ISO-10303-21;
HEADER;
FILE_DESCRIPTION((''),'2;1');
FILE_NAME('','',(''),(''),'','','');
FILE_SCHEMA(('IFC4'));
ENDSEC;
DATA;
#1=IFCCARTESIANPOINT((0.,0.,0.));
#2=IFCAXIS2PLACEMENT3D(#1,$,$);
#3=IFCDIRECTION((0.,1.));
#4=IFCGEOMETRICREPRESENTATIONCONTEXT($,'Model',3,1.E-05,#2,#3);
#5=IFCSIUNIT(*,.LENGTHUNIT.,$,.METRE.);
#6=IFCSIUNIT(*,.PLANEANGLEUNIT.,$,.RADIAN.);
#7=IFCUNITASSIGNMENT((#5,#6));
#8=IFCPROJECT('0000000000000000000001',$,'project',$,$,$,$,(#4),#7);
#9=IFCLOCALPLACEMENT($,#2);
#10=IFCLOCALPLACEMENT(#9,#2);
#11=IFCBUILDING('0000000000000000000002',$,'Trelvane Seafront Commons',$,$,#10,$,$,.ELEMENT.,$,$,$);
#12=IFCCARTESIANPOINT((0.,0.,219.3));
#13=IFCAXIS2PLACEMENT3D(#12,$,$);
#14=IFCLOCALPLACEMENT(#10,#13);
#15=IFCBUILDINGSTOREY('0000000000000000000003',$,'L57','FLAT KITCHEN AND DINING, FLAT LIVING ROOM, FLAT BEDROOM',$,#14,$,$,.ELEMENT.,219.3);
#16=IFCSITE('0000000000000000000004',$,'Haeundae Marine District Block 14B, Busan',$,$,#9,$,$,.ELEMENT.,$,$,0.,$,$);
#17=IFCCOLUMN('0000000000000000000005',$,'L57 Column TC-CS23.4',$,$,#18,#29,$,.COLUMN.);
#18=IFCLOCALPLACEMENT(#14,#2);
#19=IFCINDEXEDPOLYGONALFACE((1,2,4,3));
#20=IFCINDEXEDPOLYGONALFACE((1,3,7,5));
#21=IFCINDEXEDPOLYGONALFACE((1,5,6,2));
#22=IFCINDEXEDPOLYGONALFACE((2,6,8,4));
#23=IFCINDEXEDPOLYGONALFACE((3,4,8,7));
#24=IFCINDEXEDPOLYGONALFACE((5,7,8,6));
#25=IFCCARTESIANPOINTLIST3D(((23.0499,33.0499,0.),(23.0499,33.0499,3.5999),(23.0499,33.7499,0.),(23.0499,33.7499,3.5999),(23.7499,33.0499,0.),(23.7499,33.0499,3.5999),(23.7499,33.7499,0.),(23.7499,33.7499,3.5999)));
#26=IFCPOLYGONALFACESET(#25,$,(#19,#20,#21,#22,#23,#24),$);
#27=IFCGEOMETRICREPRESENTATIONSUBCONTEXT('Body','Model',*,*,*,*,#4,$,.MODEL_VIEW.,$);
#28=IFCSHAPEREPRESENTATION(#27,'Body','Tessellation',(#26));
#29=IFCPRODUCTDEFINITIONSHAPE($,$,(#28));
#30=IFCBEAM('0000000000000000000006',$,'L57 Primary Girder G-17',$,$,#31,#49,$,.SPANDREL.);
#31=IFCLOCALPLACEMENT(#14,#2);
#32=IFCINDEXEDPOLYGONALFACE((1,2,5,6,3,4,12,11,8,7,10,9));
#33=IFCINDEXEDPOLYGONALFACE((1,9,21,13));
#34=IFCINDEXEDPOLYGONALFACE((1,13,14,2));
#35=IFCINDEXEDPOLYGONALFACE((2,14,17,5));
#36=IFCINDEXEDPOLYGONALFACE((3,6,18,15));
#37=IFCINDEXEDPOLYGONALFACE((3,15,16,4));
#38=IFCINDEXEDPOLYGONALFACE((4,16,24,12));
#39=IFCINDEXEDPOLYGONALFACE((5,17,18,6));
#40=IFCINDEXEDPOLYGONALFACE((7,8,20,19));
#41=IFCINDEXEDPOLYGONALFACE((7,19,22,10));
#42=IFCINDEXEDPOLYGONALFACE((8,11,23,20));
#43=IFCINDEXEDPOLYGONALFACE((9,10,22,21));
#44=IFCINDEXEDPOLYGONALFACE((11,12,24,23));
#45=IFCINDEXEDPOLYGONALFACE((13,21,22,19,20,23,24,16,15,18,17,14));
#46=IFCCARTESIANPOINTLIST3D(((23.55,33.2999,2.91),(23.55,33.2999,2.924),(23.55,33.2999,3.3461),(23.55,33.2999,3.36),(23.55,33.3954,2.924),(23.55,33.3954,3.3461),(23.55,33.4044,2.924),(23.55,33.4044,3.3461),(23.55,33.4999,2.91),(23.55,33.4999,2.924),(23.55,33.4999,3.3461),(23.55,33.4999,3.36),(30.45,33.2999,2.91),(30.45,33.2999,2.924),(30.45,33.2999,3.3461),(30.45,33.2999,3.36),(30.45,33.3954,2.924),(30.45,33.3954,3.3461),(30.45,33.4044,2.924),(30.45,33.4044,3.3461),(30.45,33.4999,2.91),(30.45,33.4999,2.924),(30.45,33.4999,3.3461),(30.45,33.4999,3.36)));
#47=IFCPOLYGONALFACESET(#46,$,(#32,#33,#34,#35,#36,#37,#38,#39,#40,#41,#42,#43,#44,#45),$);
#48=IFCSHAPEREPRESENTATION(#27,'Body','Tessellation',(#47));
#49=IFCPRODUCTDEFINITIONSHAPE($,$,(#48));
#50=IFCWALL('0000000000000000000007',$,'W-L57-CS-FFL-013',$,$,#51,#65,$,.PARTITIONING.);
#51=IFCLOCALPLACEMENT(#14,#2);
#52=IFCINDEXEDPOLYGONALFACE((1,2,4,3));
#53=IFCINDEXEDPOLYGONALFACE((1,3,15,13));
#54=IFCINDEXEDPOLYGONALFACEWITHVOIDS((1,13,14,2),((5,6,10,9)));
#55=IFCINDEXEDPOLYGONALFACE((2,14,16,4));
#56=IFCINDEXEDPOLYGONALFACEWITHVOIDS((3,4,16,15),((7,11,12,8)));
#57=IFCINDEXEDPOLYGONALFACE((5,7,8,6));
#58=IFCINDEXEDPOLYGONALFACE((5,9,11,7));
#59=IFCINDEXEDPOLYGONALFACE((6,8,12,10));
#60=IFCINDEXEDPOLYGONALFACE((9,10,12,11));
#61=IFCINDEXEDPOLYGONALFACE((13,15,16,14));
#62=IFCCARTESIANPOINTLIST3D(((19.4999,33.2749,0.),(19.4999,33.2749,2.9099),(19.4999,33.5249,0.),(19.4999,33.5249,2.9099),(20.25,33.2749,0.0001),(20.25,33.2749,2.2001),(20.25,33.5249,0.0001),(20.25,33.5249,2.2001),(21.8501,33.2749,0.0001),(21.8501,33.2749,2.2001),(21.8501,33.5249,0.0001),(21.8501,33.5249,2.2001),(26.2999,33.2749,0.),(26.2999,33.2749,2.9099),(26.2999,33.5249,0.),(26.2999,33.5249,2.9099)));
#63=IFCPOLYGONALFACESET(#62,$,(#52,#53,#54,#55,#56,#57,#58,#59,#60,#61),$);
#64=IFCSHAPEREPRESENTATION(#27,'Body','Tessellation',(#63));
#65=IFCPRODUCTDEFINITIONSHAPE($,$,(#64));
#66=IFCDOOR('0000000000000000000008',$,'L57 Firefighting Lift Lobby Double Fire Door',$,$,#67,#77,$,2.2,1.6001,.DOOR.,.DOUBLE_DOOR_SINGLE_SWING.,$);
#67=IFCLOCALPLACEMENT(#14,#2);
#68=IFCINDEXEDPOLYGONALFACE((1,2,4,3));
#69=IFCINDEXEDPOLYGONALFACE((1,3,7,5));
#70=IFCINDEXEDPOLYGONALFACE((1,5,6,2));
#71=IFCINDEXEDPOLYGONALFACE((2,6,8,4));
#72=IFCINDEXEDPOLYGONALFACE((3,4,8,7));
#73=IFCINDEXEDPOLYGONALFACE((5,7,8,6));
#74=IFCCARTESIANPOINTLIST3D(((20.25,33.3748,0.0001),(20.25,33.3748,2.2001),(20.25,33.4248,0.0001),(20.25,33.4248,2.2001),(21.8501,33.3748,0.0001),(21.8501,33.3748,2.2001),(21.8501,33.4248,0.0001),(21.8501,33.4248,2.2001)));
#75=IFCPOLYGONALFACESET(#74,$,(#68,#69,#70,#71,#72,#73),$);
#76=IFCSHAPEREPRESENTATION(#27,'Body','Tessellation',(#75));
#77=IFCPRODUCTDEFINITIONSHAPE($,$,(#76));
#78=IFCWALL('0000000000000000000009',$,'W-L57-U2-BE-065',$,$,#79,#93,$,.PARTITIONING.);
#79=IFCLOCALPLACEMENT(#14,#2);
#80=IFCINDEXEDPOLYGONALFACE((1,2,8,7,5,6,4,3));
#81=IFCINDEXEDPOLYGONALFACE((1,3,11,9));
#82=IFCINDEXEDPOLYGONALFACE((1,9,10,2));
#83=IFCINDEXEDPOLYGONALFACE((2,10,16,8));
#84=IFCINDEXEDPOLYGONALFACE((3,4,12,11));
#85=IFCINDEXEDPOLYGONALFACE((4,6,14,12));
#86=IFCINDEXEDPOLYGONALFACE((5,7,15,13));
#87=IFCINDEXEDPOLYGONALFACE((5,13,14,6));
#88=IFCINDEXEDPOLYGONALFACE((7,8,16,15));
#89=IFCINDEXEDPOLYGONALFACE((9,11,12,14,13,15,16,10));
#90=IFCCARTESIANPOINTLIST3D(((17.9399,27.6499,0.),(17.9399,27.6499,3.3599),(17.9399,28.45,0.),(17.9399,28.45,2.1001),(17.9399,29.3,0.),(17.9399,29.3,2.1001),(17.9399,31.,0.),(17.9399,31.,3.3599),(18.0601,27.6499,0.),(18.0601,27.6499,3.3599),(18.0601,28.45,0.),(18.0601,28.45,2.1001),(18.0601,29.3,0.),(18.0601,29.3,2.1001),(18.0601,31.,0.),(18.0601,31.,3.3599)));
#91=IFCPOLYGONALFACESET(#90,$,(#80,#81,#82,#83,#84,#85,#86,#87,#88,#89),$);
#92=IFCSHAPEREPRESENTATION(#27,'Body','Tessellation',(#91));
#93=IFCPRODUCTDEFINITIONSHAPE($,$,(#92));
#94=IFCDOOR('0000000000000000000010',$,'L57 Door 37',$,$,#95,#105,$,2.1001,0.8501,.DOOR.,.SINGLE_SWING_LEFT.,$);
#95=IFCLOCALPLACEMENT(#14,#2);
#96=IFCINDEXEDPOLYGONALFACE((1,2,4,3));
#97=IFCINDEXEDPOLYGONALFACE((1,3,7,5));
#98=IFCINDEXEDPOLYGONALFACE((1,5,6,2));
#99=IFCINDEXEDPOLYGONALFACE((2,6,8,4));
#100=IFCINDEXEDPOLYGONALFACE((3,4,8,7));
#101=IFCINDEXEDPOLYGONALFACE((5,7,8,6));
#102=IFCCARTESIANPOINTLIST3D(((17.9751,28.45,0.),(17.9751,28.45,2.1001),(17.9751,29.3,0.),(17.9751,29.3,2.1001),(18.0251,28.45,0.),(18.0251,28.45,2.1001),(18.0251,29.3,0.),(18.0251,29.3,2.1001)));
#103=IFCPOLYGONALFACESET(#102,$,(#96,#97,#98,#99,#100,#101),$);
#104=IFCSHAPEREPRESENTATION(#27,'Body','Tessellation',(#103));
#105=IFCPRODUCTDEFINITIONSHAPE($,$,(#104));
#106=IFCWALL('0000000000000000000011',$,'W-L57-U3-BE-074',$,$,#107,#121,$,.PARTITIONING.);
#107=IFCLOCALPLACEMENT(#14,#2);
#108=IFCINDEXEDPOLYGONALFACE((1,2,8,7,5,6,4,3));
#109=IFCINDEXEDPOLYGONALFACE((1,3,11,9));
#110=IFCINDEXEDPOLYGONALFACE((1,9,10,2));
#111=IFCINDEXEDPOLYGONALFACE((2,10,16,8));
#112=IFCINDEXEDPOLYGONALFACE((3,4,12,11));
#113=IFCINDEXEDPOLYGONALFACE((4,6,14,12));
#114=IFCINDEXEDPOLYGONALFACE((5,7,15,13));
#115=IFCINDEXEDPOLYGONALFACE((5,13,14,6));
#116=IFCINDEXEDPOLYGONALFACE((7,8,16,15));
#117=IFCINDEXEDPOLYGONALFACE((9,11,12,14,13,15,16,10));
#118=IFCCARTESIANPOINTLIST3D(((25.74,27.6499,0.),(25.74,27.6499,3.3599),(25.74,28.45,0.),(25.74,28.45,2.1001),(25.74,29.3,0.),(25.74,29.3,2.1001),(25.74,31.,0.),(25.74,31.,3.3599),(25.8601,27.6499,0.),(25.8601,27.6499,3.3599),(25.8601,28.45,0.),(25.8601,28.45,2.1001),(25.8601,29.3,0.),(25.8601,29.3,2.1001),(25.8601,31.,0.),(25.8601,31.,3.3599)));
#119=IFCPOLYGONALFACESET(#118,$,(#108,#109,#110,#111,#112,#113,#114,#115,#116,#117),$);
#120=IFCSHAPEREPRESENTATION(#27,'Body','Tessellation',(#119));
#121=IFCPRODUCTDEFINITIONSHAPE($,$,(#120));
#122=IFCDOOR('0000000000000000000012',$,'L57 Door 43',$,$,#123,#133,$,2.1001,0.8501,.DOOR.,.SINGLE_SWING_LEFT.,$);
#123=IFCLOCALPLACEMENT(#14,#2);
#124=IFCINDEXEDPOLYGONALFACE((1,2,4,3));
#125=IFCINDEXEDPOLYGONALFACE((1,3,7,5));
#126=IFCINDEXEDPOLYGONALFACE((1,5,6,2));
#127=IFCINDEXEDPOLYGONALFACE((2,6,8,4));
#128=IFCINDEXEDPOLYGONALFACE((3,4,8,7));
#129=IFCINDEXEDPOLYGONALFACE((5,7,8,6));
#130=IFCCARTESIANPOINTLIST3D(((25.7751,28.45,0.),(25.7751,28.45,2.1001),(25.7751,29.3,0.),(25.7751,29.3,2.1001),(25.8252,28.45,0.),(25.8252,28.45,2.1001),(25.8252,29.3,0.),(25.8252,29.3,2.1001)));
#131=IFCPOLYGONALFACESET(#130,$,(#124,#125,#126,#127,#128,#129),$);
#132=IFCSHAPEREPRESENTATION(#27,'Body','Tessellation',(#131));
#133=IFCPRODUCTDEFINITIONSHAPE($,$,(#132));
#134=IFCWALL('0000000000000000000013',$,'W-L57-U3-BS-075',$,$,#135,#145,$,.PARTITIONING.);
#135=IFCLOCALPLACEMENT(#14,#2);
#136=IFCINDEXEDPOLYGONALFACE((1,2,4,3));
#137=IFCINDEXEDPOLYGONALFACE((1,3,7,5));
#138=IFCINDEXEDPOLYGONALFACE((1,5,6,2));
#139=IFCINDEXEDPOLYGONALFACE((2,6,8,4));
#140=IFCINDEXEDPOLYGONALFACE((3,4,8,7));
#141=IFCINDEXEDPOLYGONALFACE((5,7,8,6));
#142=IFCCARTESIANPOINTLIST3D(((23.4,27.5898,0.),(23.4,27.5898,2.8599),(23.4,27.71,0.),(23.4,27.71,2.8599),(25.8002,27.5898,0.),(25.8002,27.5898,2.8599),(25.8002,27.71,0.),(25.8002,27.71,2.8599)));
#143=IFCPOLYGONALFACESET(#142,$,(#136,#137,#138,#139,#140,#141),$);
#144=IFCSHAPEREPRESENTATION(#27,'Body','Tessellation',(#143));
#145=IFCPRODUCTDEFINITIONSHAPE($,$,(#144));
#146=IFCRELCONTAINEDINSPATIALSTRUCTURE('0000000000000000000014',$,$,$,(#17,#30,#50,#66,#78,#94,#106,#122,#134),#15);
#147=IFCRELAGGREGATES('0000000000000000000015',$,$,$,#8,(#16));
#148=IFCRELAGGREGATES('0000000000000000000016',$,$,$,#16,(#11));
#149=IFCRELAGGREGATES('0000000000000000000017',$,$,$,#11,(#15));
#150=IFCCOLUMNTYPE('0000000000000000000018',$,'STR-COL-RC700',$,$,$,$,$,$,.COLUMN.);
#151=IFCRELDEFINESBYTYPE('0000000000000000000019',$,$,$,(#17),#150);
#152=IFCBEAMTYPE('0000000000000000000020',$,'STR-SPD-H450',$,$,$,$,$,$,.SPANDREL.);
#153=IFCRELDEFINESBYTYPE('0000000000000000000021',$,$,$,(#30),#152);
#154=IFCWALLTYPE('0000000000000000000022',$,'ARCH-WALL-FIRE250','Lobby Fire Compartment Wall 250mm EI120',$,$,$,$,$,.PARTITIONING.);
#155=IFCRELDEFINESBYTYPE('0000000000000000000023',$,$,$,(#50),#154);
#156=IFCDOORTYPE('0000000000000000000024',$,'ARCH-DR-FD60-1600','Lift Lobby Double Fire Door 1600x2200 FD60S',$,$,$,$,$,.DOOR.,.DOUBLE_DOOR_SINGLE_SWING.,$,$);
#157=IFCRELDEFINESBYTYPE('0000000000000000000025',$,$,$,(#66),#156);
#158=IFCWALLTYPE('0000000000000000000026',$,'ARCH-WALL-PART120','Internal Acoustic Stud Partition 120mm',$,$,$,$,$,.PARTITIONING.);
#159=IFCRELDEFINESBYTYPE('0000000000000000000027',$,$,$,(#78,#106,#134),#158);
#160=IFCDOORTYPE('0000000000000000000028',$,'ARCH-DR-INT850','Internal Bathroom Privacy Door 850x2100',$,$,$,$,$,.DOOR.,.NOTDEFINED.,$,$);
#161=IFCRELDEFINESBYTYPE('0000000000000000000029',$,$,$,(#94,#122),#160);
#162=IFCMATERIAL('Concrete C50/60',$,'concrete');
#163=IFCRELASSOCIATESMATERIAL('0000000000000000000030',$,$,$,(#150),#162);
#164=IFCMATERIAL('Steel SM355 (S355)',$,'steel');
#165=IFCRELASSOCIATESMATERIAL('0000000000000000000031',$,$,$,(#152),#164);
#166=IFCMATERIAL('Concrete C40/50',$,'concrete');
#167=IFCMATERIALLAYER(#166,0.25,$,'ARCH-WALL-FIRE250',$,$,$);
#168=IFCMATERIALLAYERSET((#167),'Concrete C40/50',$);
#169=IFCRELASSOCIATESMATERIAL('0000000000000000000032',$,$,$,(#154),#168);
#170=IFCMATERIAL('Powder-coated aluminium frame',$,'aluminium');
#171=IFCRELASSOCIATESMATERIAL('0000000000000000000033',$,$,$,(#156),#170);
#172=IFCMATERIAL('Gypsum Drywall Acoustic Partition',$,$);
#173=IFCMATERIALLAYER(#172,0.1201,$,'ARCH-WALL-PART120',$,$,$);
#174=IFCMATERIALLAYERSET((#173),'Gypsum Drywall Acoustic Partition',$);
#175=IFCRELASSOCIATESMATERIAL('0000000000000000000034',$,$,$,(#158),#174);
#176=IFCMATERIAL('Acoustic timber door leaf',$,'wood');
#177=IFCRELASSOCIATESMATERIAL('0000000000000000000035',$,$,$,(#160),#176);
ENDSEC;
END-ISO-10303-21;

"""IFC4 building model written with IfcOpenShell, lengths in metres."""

from ifc_helpers import new_model, si_unit, direction, frame, frame_2d, origin, origin_2d, place, context, subcontext, project, spatial, rectangle, i_section, extrude, source, transform, mapped, material, layer, layer_set, material_profile, profile_set, type_object, element, fill, save


model = new_model("IFC4")

# Units and contexts
model_context = context("Model", 3, precision=1e-05, world=origin(), true_north=direction((0.0, 1.0)))
body_context = subcontext(model_context, "Body", "Model", "MODEL_VIEW")
ifc_project = project(units=[si_unit("LENGTHUNIT", "METRE"), si_unit("PLANEANGLEUNIT", "RADIAN")], contexts=[model_context])

# Site, building, storey
site_placement = place(None, origin())
site = spatial("IfcSite", under=ifc_project, at=site_placement, Name="Haeundae Marine District Block 14B, Busan", CompositionType="ELEMENT", RefElevation=0.0)
building_placement = place(site_placement, origin())
building = spatial("IfcBuilding", under=site, at=building_placement, Name="Trelvane Seafront Commons", CompositionType="ELEMENT")
storey_placement = place(building_placement, frame((0.0, 0.0, 219.3)))
storey = spatial("IfcBuildingStorey", under=building, at=storey_placement, Name="L57", Description="FLAT KITCHEN AND DINING, FLAT LIVING ROOM, FLAT BEDROOM", CompositionType="ELEMENT", Elevation=219.3)

# Column
ifc_material_1 = material(Name="Concrete C50/60", Category="concrete")
ifc_material_profile_1 = material_profile(ifc_material_1, rectangle(XDim=0.7, YDim=0.7, at=origin_2d()), Name="RC-700x700")
ifc_profile_set_1 = profile_set([ifc_material_profile_1], Name="Concrete C50/60")
column_type = type_object("IfcColumnType", Name="STR-COL-RC700", PredefinedType="COLUMN", material=ifc_profile_set_1)
shared_shape_1 = source(origin(), body_context, "Body", "SweptSolid", [
    extrude(rectangle(XDim=0.7, YDim=0.7, at=origin_2d()), origin(), (0.0, 0.0, 1.0), 3.5999),
])
column_placement = place(storey_placement, frame((23.3999, 33.3999, 0.0), z_axis=(0.0, 0.0, 1.0), x_axis=(1.0, 0.0, 0.0)))
element("IfcColumn", 1, at=column_placement, inside=storey, type_object=column_type, Name="L57 Column TC-CS23.4", PredefinedType="COLUMN", context=body_context, shape_type="MappedRepresentation", body=[
    mapped(shared_shape_1, transform((0.0, 0.0, 0.0), x_axis=(1.0, 0.0, 0.0), y_axis=(0.0, 1.0, 0.0), z_axis=(0.0, 0.0, 1.0), scale=1.0)),
])

# Beam
ifc_material_2 = material(Name="Steel SM355 (S355)", Category="steel")
ifc_material_profile_2 = material_profile(ifc_material_2, i_section(OverallWidth=0.2, OverallDepth=0.45, WebThickness=0.009, FlangeThickness=0.0139, at=origin_2d()), Name="H-450x200x9x14")
ifc_profile_set_2 = profile_set([ifc_material_profile_2], Name="Steel SM355 (S355)")
beam_type = type_object("IfcBeamType", Name="STR-SPD-H450", PredefinedType="SPANDREL", material=ifc_profile_set_2)
shared_shape_2 = source(origin(), body_context, "Body", "SweptSolid", [
    extrude(i_section(OverallWidth=0.2, OverallDepth=0.45, WebThickness=0.009, FlangeThickness=0.0139, at=origin_2d()), origin(), (0.0, 0.0, 1.0), 6.8999),
])
beam_placement = place(storey_placement, frame((23.55, 33.3999, 3.135), z_axis=(1.0, 0.0, 0.0), x_axis=(0.0, 1.0, 0.0)))
element("IfcBeam", 2, at=beam_placement, inside=storey, type_object=beam_type, Name="L57 Primary Girder G-17", PredefinedType="SPANDREL", context=body_context, shape_type="MappedRepresentation", body=[
    mapped(shared_shape_2, transform((0.0, 0.0, 0.0), x_axis=(1.0, 0.0, 0.0), y_axis=(0.0, 1.0, 0.0), z_axis=(0.0, 0.0, 1.0), scale=1.0)),
])

# Walls, openings, doors
ifc_material_3 = material(Name="Concrete C40/50", Category="concrete")
ifc_layer_1 = layer(ifc_material_3, 0.25, Name="ARCH-WALL-FIRE250")
ifc_layer_set_1 = layer_set([ifc_layer_1], Name="Concrete C40/50")
wall_type_1 = type_object("IfcWallType", Name="ARCH-WALL-FIRE250", Description="Lobby Fire Compartment Wall 250mm EI120", PredefinedType="PARTITIONING", material=ifc_layer_set_1)
wall_1_placement = place(storey_placement, frame((19.5, 33.3999, 0.0), z_axis=(0.0, 0.0, 1.0), x_axis=(1.0, 0.0, 0.0)))
wall_1 = element("IfcWall", 3, at=wall_1_placement, inside=storey, type_object=wall_type_1, Name="W-L57-CS-FFL-013", PredefinedType="PARTITIONING", context=body_context, shape_type="SweptSolid", body=[
    extrude(rectangle(XDim=6.8, YDim=0.25, at=frame_2d((3.3999, 0.0))), origin(), (0.0, 0.0, 1.0), 2.9099),
])
opening_1_placement = place(wall_1_placement, frame((0.75, 0.0, 0.0)))
opening_1 = element("IfcOpeningElement", 4, at=opening_1_placement, cuts=wall_1, PredefinedType="OPENING", context=body_context, shape_type="SweptSolid", body=[
    extrude(rectangle(XDim=1.6001, YDim=2.2, at=frame_2d((0.8, 1.1001))), frame((0.0, 0.135, 0.0), z_axis=(0.0, -1.0, 0.0), x_axis=(1.0, 0.0, 0.0)), (0.0, 0.0, 1.0), 0.27),
])
ifc_material_4 = material(Name="Powder-coated aluminium frame", Category="aluminium")
door_type_1 = type_object("IfcDoorType", Name="ARCH-DR-FD60-1600", Description="Lift Lobby Double Fire Door 1600x2200 FD60S", OperationType="DOUBLE_DOOR_SINGLE_SWING", PredefinedType="DOOR", material=ifc_material_4)
shared_shape_3 = source(origin(), body_context, "Body", "SweptSolid", [
    extrude(rectangle(XDim=1.6001, YDim=2.2, at=frame_2d((0.8, 1.1001))), frame((0.0, 0.0249, 0.0), z_axis=(0.0, -1.0, 0.0), x_axis=(1.0, 0.0, 0.0)), (0.0, 0.0, 1.0), 0.05),
])
door_1_placement = place(opening_1_placement, origin())
door_1 = element("IfcDoor", 5, at=door_1_placement, inside=storey, type_object=door_type_1, Name="L57 Firefighting Lift Lobby Double Fire Door", OperationType="DOUBLE_DOOR_SINGLE_SWING", OverallHeight=2.2, OverallWidth=1.6001, PredefinedType="DOOR", context=body_context, shape_type="MappedRepresentation", body=[
    mapped(shared_shape_3, transform((0.0, 0.0, 0.0), x_axis=(1.0, 0.0, 0.0), y_axis=(0.0, 1.0, 0.0), z_axis=(0.0, 0.0, 1.0), scale=1.0)),
])
fill(opening_1, door_1)
ifc_material_5 = material(Name="Acoustic timber door leaf", Category="wood")
ifc_material_6 = material(Name="Gypsum Drywall Acoustic Partition")
ifc_layer_2 = layer(ifc_material_6, 0.1201, Name="ARCH-WALL-PART120")
ifc_layer_set_2 = layer_set([ifc_layer_2], Name="Gypsum Drywall Acoustic Partition")
wall_type_2 = type_object("IfcWallType", Name="ARCH-WALL-PART120", Description="Internal Acoustic Stud Partition 120mm", PredefinedType="PARTITIONING", material=ifc_layer_set_2)
wall_2_placement = place(storey_placement, frame((18.0, 27.6499, 0.0), z_axis=(0.0, 0.0, 1.0), x_axis=(0.0, 1.0, 0.0)))
wall_2 = element("IfcWall", 6, at=wall_2_placement, inside=storey, type_object=wall_type_2, Name="W-L57-U2-BE-065", PredefinedType="PARTITIONING", context=body_context, shape_type="SweptSolid", body=[
    extrude(rectangle(XDim=3.3501, YDim=0.1201, at=frame_2d((1.675, 0.0))), origin(), (0.0, 0.0, 1.0), 3.3599),
])
opening_2_placement = place(wall_2_placement, frame((0.8, 0.0, 0.0)))
opening_2 = element("IfcOpeningElement", 7, at=opening_2_placement, cuts=wall_2, PredefinedType="OPENING", context=body_context, shape_type="SweptSolid", body=[
    extrude(rectangle(XDim=0.8501, YDim=2.1001, at=frame_2d((0.425, 1.05))), frame((0.0, 0.0701, 0.0), z_axis=(0.0, -1.0, 0.0), x_axis=(1.0, 0.0, 0.0)), (0.0, 0.0, 1.0), 0.1401),
])
door_type_2 = type_object("IfcDoorType", Name="ARCH-DR-INT850", Description="Internal Bathroom Privacy Door 850x2100", OperationType="NOTDEFINED", PredefinedType="DOOR", material=ifc_material_5)
shared_shape_4 = source(origin(), body_context, "Body", "SweptSolid", [
    extrude(rectangle(XDim=0.8501, YDim=2.1001, at=frame_2d((0.425, 1.05))), frame((0.0, 0.0249, 0.0), z_axis=(0.0, -1.0, 0.0), x_axis=(1.0, 0.0, 0.0)), (0.0, 0.0, 1.0), 0.05),
])
door_2_placement = place(opening_2_placement, origin())
door_2 = element("IfcDoor", 8, at=door_2_placement, inside=storey, type_object=door_type_2, Name="L57 Door 37", OperationType="SINGLE_SWING_LEFT", OverallHeight=2.1001, OverallWidth=0.8501, PredefinedType="DOOR", context=body_context, shape_type="MappedRepresentation", body=[
    mapped(shared_shape_4, transform((0.0, 0.0, 0.0), x_axis=(1.0, 0.0, 0.0), y_axis=(0.0, 1.0, 0.0), z_axis=(0.0, 0.0, 1.0), scale=1.0)),
])
fill(opening_2, door_2)
wall_3_placement = place(storey_placement, frame((25.8, 27.6499, 0.0), z_axis=(0.0, 0.0, 1.0), x_axis=(0.0, 1.0, 0.0)))
wall_3 = element("IfcWall", 9, at=wall_3_placement, inside=storey, type_object=wall_type_2, Name="W-L57-U3-BE-074", PredefinedType="PARTITIONING", context=body_context, shape_type="SweptSolid", body=[
    extrude(rectangle(XDim=3.3501, YDim=0.1201, at=frame_2d((1.675, 0.0))), origin(), (0.0, 0.0, 1.0), 3.3599),
])
opening_3_placement = place(wall_3_placement, frame((0.8, 0.0, 0.0)))
opening_3 = element("IfcOpeningElement", 10, at=opening_3_placement, cuts=wall_3, PredefinedType="OPENING", context=body_context, shape_type="SweptSolid", body=[
    extrude(rectangle(XDim=0.8501, YDim=2.1001, at=frame_2d((0.425, 1.05))), frame((0.0, 0.0701, 0.0), z_axis=(0.0, -1.0, 0.0), x_axis=(1.0, 0.0, 0.0)), (0.0, 0.0, 1.0), 0.1401),
])
door_3_placement = place(opening_3_placement, origin())
door_3 = element("IfcDoor", 11, at=door_3_placement, inside=storey, type_object=door_type_2, Name="L57 Door 43", OperationType="SINGLE_SWING_LEFT", OverallHeight=2.1001, OverallWidth=0.8501, PredefinedType="DOOR", context=body_context, shape_type="MappedRepresentation", body=[
    mapped(shared_shape_4, transform((0.0, 0.0, 0.0), x_axis=(1.0, 0.0, 0.0), y_axis=(0.0, 1.0, 0.0), z_axis=(0.0, 0.0, 1.0), scale=1.0)),
])
fill(opening_3, door_3)

# Wall
wall_4_placement = place(storey_placement, frame((23.3999, 27.6499, 0.0), z_axis=(0.0, 0.0, 1.0), x_axis=(1.0, 0.0, 0.0)))
element("IfcWall", 12, at=wall_4_placement, inside=storey, type_object=wall_type_2, Name="W-L57-U3-BS-075", PredefinedType="PARTITIONING", context=body_context, shape_type="SweptSolid", body=[
    extrude(rectangle(XDim=2.4001, YDim=0.1201, at=frame_2d((1.2002, 0.0))), origin(), (0.0, 0.0, 1.0), 2.8599),
])

save(model, "model.ifc")
